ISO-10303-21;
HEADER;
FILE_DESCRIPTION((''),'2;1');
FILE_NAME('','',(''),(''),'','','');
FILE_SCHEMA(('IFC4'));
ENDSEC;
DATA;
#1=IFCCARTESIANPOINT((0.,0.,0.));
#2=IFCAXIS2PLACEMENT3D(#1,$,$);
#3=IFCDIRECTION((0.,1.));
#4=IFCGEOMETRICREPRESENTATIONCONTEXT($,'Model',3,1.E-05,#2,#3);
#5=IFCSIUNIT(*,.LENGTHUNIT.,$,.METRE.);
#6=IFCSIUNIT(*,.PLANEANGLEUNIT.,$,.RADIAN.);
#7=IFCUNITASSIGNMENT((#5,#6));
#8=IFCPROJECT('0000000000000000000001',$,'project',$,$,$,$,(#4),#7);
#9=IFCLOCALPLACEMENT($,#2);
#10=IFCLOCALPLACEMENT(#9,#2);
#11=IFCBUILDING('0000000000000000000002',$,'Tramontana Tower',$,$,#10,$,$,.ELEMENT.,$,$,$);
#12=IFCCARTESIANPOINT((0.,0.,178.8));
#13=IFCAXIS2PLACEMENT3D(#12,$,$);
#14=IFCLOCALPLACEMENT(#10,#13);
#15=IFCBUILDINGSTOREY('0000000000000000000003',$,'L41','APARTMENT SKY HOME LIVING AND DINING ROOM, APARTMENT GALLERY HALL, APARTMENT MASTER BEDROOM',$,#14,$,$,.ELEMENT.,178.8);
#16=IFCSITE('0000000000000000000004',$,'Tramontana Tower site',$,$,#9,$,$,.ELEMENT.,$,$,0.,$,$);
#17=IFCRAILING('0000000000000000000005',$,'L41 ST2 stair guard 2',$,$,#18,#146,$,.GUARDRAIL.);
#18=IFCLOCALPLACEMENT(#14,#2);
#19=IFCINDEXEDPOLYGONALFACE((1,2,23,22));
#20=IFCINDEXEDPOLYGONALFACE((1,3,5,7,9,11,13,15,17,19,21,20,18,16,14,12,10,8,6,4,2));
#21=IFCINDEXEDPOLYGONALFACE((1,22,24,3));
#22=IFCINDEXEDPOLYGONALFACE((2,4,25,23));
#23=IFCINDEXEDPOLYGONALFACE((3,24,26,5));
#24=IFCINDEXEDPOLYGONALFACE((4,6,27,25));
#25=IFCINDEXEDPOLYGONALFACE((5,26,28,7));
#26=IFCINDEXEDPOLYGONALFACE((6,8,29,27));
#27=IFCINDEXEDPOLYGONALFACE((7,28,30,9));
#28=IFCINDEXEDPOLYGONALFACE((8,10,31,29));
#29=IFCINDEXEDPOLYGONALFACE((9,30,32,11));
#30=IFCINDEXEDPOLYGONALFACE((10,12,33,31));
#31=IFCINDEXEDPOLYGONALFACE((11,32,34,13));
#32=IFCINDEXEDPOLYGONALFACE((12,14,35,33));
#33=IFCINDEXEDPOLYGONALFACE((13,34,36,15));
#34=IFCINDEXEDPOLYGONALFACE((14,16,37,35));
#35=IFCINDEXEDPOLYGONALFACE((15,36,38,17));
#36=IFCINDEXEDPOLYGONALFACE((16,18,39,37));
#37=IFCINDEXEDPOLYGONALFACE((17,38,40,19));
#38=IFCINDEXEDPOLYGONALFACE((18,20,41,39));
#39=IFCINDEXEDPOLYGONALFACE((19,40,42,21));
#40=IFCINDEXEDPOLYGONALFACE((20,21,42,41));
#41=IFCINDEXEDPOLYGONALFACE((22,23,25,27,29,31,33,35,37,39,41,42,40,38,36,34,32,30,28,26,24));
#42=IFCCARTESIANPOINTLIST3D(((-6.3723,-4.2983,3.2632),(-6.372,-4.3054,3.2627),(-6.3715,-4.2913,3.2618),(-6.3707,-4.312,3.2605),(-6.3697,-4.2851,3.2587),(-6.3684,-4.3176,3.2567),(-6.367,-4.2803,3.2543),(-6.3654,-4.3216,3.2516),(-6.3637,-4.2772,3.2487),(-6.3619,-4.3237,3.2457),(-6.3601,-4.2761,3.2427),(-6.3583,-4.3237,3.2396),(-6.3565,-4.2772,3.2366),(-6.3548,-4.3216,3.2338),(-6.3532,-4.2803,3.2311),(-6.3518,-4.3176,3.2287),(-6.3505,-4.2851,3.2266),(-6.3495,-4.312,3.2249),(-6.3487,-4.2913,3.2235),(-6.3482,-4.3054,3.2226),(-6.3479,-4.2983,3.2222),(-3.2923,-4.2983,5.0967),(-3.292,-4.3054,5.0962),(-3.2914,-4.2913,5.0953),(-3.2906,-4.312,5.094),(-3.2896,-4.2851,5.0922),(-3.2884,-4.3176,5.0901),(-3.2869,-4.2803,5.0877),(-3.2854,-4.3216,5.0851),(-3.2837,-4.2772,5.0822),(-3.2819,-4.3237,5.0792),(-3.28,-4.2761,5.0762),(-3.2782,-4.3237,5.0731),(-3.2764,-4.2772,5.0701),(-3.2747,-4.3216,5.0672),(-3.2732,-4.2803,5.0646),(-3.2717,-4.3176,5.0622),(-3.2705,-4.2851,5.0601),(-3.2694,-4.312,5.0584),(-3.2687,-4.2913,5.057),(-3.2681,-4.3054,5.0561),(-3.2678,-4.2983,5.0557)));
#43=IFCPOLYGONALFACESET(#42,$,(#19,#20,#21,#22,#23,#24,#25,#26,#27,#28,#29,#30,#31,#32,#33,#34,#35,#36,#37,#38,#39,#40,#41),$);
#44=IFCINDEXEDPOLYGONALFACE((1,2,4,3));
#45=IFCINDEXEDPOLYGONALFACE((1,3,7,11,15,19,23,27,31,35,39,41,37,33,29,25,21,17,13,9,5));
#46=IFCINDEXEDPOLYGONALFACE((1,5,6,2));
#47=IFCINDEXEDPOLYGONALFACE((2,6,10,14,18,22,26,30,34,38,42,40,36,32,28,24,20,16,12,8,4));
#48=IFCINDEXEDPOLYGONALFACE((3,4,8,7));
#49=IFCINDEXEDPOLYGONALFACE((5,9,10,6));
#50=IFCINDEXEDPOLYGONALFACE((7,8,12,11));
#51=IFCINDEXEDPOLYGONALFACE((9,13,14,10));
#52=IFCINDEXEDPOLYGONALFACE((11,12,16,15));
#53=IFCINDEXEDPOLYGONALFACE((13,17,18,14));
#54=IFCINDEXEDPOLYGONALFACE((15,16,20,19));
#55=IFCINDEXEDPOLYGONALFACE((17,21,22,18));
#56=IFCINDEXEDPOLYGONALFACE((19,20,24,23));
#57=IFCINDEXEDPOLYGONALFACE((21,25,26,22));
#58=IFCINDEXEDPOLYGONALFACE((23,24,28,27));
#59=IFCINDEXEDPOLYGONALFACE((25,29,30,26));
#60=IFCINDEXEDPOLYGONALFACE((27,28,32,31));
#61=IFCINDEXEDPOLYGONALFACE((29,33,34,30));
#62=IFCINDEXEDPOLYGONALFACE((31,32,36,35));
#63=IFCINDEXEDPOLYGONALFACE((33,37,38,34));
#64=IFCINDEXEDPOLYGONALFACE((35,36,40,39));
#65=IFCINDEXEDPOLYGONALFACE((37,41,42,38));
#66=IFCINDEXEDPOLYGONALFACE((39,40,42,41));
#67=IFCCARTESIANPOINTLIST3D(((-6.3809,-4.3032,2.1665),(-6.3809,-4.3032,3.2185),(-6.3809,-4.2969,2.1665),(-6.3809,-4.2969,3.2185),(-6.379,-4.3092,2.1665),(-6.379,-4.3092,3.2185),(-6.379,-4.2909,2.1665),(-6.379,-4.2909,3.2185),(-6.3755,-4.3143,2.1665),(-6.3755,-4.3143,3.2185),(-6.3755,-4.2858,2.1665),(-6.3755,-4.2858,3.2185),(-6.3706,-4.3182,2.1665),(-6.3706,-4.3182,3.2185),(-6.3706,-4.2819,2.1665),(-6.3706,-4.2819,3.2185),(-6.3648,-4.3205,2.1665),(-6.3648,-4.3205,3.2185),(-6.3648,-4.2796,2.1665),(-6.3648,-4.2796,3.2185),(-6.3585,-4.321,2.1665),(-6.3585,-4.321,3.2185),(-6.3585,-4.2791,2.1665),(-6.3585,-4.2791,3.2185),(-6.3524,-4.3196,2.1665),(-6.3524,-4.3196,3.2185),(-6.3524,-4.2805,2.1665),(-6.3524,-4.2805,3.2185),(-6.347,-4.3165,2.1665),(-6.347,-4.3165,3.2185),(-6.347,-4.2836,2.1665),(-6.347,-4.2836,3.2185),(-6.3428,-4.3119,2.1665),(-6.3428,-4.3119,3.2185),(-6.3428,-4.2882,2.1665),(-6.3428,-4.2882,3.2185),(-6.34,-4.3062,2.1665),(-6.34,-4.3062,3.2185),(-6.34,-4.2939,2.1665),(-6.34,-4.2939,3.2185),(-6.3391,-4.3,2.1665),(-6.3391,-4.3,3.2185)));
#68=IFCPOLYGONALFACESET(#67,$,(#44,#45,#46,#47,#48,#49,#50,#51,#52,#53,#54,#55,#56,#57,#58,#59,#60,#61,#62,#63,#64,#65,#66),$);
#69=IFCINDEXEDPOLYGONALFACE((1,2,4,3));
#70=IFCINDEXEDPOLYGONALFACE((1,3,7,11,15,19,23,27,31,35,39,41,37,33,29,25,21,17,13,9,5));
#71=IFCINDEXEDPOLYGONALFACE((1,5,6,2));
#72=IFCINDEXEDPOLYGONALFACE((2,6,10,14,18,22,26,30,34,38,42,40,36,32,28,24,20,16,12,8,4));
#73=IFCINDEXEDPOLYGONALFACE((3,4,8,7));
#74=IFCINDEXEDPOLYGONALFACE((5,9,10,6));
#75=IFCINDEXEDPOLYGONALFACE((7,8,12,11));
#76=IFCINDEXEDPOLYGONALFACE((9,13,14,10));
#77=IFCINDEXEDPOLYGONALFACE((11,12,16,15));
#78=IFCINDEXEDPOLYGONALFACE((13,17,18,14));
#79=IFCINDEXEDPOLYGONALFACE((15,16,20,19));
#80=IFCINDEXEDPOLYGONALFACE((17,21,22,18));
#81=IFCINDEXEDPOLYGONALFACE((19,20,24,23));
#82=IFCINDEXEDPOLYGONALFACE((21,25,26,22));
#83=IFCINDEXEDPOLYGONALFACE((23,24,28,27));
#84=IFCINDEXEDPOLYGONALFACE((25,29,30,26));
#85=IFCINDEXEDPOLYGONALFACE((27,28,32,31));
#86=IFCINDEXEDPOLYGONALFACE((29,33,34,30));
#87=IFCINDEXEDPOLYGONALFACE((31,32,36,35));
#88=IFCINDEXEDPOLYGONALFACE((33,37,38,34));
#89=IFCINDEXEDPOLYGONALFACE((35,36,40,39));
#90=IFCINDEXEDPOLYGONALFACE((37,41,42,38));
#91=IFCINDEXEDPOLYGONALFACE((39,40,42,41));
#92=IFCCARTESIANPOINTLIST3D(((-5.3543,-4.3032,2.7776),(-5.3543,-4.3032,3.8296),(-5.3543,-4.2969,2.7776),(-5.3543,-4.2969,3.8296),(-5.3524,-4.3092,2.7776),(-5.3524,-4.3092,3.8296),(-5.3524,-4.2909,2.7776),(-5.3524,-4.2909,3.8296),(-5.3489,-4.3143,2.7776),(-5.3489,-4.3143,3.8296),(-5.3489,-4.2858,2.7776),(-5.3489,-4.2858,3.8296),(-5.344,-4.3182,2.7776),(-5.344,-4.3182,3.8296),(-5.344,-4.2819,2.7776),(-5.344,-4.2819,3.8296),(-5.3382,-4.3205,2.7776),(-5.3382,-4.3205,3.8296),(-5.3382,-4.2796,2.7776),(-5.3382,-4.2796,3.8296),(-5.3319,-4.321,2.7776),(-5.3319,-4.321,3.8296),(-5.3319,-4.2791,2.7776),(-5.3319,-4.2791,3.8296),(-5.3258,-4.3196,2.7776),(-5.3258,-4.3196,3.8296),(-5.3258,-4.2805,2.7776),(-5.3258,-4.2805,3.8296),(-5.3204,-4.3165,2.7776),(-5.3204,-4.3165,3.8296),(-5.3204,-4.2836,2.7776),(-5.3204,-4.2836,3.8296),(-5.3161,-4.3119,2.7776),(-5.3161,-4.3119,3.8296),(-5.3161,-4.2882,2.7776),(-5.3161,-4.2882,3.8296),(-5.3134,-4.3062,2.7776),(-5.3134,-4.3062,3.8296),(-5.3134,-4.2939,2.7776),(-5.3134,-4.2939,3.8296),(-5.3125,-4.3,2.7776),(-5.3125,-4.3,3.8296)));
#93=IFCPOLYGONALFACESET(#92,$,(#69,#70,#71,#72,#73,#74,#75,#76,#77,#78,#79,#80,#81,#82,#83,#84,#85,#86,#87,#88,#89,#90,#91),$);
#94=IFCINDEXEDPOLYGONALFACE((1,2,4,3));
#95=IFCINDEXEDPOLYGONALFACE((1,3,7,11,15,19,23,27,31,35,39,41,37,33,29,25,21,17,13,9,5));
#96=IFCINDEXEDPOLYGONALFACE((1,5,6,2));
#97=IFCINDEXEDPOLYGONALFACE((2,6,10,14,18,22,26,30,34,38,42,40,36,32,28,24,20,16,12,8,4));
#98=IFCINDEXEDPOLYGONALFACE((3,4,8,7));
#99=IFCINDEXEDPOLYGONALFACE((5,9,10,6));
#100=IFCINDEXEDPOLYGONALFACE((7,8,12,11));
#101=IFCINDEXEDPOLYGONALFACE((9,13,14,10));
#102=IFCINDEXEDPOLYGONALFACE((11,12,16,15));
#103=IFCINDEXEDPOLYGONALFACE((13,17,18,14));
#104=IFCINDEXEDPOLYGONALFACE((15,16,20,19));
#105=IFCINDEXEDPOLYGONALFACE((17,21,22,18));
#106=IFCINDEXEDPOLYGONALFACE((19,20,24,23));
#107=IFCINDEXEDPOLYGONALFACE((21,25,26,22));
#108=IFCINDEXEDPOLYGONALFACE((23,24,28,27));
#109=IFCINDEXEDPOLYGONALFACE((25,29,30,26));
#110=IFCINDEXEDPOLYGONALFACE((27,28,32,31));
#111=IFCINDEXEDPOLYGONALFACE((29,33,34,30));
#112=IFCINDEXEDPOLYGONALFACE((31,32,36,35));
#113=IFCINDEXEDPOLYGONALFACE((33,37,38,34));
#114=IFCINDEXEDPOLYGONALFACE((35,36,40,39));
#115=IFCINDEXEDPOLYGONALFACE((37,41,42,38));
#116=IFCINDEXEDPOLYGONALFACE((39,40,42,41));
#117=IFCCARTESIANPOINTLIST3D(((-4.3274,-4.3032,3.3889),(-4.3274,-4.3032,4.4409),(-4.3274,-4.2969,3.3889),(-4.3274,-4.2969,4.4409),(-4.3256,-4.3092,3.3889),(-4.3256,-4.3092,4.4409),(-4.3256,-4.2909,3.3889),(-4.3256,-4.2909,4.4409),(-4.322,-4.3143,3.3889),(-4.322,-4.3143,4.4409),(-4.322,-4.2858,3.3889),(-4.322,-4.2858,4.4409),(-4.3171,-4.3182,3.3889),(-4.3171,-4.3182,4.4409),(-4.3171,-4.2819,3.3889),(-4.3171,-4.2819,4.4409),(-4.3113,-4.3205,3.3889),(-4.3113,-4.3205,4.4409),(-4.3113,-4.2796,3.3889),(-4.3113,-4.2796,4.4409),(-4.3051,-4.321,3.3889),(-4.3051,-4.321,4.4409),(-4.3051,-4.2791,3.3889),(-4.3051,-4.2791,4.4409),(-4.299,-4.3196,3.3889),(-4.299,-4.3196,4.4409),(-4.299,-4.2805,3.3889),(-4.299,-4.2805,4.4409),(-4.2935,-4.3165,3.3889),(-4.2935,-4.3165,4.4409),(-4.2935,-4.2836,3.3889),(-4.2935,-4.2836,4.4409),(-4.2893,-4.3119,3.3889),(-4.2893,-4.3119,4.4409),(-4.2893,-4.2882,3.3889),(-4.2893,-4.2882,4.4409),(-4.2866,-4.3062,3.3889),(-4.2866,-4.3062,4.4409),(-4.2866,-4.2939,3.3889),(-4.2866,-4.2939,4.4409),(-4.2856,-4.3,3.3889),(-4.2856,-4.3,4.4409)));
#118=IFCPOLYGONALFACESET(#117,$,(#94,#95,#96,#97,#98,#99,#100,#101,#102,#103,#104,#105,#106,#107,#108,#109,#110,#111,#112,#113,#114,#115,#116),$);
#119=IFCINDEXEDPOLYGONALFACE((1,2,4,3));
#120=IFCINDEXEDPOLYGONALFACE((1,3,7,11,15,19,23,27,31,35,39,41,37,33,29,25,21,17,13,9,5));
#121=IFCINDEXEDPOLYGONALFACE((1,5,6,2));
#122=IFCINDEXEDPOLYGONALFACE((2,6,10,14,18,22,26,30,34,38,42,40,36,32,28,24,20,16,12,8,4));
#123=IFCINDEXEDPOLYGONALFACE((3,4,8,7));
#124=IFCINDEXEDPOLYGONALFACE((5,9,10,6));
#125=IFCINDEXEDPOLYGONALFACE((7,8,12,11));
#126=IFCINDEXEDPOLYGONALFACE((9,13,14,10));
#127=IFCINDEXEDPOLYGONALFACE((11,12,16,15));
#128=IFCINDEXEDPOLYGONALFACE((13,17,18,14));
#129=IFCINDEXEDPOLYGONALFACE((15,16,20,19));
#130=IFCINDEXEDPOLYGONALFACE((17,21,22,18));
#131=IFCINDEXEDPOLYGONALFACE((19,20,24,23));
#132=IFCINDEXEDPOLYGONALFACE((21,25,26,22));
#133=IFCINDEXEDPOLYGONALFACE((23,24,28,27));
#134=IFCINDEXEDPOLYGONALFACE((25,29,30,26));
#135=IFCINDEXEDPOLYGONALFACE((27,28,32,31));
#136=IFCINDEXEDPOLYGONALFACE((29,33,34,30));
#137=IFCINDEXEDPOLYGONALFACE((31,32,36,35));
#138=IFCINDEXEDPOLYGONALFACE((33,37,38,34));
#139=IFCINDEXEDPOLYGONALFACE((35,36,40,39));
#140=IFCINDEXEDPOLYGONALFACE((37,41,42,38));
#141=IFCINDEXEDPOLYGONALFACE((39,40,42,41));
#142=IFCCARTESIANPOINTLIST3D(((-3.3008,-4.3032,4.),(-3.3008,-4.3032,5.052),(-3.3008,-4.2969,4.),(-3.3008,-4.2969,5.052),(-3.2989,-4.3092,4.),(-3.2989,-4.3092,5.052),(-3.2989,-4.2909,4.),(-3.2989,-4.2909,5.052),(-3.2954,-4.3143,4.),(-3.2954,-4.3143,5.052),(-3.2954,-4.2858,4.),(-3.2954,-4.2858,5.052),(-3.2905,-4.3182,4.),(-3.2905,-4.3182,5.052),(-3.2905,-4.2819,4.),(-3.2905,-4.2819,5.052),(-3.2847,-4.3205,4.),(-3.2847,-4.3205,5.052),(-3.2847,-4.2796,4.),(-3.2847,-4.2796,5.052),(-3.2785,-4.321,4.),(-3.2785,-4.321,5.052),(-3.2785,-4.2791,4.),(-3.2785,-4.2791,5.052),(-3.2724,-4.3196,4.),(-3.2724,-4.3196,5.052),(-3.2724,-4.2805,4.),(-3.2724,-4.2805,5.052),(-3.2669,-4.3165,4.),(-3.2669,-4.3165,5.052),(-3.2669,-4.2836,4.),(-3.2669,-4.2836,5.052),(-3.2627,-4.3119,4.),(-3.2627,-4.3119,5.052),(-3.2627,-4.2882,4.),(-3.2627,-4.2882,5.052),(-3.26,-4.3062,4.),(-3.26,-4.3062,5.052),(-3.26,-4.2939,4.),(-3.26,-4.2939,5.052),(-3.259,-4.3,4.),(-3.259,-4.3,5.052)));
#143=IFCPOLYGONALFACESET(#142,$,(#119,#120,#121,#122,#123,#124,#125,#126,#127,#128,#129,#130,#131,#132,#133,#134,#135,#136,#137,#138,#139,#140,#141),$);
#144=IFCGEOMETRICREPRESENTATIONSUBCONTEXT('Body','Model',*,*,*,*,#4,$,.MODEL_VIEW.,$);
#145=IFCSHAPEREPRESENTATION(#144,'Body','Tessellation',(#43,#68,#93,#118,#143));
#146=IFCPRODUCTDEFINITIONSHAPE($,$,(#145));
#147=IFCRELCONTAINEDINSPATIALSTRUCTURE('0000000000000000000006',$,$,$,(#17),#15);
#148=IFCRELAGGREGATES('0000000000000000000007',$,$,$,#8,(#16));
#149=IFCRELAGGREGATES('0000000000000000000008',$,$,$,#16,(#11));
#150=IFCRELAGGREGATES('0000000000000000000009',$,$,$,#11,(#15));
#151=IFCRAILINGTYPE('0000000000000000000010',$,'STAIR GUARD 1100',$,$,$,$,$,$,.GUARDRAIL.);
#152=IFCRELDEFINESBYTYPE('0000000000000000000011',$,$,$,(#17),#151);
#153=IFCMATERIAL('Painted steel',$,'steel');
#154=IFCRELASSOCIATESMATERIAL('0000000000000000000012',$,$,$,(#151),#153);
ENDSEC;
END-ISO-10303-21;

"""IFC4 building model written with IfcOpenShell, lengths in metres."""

from ifc_helpers import new_model, si_unit, direction, frame, origin, origin_2d, place, context, subcontext, project, spatial, circle, extrude, material, type_object, element, save


model = new_model("IFC4")

# Units and contexts
model_context = context("Model", 3, precision=1e-05, world=origin(), true_north=direction((0.0, 1.0)))
body_context = subcontext(model_context, "Body", "Model", "MODEL_VIEW")
ifc_project = project(units=[si_unit("LENGTHUNIT", "METRE"), si_unit("PLANEANGLEUNIT", "RADIAN")], contexts=[model_context])

# Site, building, storey
site_placement = place(None, origin())
site = spatial("IfcSite", under=ifc_project, at=site_placement, Name="Tramontana Tower site", CompositionType="ELEMENT", RefElevation=0.0)
building_placement = place(site_placement, origin())
building = spatial("IfcBuilding", under=site, at=building_placement, Name="Tramontana Tower", CompositionType="ELEMENT")
storey_placement = place(building_placement, frame((0.0, 0.0, 178.8)))
storey = spatial("IfcBuildingStorey", under=building, at=storey_placement, Name="L41", Description="APARTMENT SKY HOME LIVING AND DINING ROOM, APARTMENT GALLERY HALL, APARTMENT MASTER BEDROOM", CompositionType="ELEMENT", Elevation=178.8)

# Railing
ifc_material_1 = material(Name="Painted steel", Category="steel")
railing_type_1 = type_object("IfcRailingType", Name="STAIR GUARD 1100", PredefinedType="GUARDRAIL", material=ifc_material_1)
railing_1_placement = place(storey_placement, frame((-6.3601, -4.3, 2.1665)))
element("IfcRailing", 1, at=railing_1_placement, inside=storey, type_object=railing_type_1, Name="L41 ST2 stair guard 2", PredefinedType="GUARDRAIL", context=body_context, shape_type="SweptSolid", body=[
    extrude(circle(Radius=0.0239, at=origin_2d()), frame((0.0, 0.0, 1.0762), z_axis=(0.859279, 0.0, 0.511508), x_axis=(0.0, 1.0, 0.0)), (0.0, 0.0, 1.0), 3.5845),
    extrude(circle(Radius=0.021, at=origin_2d()), origin(), (0.0, 0.0, 1.0), 1.052),
    extrude(circle(Radius=0.021, at=origin_2d()), frame((1.0266, 0.0, 0.6111)), (0.0, 0.0, 1.0), 1.052),
    extrude(circle(Radius=0.021, at=origin_2d()), frame((2.0535, 0.0, 1.2224)), (0.0, 0.0, 1.0), 1.052),
    extrude(circle(Radius=0.021, at=origin_2d()), frame((3.0801, 0.0, 1.8335)), (0.0, 0.0, 1.0), 1.052),
])

save(model, "model.ifc")
